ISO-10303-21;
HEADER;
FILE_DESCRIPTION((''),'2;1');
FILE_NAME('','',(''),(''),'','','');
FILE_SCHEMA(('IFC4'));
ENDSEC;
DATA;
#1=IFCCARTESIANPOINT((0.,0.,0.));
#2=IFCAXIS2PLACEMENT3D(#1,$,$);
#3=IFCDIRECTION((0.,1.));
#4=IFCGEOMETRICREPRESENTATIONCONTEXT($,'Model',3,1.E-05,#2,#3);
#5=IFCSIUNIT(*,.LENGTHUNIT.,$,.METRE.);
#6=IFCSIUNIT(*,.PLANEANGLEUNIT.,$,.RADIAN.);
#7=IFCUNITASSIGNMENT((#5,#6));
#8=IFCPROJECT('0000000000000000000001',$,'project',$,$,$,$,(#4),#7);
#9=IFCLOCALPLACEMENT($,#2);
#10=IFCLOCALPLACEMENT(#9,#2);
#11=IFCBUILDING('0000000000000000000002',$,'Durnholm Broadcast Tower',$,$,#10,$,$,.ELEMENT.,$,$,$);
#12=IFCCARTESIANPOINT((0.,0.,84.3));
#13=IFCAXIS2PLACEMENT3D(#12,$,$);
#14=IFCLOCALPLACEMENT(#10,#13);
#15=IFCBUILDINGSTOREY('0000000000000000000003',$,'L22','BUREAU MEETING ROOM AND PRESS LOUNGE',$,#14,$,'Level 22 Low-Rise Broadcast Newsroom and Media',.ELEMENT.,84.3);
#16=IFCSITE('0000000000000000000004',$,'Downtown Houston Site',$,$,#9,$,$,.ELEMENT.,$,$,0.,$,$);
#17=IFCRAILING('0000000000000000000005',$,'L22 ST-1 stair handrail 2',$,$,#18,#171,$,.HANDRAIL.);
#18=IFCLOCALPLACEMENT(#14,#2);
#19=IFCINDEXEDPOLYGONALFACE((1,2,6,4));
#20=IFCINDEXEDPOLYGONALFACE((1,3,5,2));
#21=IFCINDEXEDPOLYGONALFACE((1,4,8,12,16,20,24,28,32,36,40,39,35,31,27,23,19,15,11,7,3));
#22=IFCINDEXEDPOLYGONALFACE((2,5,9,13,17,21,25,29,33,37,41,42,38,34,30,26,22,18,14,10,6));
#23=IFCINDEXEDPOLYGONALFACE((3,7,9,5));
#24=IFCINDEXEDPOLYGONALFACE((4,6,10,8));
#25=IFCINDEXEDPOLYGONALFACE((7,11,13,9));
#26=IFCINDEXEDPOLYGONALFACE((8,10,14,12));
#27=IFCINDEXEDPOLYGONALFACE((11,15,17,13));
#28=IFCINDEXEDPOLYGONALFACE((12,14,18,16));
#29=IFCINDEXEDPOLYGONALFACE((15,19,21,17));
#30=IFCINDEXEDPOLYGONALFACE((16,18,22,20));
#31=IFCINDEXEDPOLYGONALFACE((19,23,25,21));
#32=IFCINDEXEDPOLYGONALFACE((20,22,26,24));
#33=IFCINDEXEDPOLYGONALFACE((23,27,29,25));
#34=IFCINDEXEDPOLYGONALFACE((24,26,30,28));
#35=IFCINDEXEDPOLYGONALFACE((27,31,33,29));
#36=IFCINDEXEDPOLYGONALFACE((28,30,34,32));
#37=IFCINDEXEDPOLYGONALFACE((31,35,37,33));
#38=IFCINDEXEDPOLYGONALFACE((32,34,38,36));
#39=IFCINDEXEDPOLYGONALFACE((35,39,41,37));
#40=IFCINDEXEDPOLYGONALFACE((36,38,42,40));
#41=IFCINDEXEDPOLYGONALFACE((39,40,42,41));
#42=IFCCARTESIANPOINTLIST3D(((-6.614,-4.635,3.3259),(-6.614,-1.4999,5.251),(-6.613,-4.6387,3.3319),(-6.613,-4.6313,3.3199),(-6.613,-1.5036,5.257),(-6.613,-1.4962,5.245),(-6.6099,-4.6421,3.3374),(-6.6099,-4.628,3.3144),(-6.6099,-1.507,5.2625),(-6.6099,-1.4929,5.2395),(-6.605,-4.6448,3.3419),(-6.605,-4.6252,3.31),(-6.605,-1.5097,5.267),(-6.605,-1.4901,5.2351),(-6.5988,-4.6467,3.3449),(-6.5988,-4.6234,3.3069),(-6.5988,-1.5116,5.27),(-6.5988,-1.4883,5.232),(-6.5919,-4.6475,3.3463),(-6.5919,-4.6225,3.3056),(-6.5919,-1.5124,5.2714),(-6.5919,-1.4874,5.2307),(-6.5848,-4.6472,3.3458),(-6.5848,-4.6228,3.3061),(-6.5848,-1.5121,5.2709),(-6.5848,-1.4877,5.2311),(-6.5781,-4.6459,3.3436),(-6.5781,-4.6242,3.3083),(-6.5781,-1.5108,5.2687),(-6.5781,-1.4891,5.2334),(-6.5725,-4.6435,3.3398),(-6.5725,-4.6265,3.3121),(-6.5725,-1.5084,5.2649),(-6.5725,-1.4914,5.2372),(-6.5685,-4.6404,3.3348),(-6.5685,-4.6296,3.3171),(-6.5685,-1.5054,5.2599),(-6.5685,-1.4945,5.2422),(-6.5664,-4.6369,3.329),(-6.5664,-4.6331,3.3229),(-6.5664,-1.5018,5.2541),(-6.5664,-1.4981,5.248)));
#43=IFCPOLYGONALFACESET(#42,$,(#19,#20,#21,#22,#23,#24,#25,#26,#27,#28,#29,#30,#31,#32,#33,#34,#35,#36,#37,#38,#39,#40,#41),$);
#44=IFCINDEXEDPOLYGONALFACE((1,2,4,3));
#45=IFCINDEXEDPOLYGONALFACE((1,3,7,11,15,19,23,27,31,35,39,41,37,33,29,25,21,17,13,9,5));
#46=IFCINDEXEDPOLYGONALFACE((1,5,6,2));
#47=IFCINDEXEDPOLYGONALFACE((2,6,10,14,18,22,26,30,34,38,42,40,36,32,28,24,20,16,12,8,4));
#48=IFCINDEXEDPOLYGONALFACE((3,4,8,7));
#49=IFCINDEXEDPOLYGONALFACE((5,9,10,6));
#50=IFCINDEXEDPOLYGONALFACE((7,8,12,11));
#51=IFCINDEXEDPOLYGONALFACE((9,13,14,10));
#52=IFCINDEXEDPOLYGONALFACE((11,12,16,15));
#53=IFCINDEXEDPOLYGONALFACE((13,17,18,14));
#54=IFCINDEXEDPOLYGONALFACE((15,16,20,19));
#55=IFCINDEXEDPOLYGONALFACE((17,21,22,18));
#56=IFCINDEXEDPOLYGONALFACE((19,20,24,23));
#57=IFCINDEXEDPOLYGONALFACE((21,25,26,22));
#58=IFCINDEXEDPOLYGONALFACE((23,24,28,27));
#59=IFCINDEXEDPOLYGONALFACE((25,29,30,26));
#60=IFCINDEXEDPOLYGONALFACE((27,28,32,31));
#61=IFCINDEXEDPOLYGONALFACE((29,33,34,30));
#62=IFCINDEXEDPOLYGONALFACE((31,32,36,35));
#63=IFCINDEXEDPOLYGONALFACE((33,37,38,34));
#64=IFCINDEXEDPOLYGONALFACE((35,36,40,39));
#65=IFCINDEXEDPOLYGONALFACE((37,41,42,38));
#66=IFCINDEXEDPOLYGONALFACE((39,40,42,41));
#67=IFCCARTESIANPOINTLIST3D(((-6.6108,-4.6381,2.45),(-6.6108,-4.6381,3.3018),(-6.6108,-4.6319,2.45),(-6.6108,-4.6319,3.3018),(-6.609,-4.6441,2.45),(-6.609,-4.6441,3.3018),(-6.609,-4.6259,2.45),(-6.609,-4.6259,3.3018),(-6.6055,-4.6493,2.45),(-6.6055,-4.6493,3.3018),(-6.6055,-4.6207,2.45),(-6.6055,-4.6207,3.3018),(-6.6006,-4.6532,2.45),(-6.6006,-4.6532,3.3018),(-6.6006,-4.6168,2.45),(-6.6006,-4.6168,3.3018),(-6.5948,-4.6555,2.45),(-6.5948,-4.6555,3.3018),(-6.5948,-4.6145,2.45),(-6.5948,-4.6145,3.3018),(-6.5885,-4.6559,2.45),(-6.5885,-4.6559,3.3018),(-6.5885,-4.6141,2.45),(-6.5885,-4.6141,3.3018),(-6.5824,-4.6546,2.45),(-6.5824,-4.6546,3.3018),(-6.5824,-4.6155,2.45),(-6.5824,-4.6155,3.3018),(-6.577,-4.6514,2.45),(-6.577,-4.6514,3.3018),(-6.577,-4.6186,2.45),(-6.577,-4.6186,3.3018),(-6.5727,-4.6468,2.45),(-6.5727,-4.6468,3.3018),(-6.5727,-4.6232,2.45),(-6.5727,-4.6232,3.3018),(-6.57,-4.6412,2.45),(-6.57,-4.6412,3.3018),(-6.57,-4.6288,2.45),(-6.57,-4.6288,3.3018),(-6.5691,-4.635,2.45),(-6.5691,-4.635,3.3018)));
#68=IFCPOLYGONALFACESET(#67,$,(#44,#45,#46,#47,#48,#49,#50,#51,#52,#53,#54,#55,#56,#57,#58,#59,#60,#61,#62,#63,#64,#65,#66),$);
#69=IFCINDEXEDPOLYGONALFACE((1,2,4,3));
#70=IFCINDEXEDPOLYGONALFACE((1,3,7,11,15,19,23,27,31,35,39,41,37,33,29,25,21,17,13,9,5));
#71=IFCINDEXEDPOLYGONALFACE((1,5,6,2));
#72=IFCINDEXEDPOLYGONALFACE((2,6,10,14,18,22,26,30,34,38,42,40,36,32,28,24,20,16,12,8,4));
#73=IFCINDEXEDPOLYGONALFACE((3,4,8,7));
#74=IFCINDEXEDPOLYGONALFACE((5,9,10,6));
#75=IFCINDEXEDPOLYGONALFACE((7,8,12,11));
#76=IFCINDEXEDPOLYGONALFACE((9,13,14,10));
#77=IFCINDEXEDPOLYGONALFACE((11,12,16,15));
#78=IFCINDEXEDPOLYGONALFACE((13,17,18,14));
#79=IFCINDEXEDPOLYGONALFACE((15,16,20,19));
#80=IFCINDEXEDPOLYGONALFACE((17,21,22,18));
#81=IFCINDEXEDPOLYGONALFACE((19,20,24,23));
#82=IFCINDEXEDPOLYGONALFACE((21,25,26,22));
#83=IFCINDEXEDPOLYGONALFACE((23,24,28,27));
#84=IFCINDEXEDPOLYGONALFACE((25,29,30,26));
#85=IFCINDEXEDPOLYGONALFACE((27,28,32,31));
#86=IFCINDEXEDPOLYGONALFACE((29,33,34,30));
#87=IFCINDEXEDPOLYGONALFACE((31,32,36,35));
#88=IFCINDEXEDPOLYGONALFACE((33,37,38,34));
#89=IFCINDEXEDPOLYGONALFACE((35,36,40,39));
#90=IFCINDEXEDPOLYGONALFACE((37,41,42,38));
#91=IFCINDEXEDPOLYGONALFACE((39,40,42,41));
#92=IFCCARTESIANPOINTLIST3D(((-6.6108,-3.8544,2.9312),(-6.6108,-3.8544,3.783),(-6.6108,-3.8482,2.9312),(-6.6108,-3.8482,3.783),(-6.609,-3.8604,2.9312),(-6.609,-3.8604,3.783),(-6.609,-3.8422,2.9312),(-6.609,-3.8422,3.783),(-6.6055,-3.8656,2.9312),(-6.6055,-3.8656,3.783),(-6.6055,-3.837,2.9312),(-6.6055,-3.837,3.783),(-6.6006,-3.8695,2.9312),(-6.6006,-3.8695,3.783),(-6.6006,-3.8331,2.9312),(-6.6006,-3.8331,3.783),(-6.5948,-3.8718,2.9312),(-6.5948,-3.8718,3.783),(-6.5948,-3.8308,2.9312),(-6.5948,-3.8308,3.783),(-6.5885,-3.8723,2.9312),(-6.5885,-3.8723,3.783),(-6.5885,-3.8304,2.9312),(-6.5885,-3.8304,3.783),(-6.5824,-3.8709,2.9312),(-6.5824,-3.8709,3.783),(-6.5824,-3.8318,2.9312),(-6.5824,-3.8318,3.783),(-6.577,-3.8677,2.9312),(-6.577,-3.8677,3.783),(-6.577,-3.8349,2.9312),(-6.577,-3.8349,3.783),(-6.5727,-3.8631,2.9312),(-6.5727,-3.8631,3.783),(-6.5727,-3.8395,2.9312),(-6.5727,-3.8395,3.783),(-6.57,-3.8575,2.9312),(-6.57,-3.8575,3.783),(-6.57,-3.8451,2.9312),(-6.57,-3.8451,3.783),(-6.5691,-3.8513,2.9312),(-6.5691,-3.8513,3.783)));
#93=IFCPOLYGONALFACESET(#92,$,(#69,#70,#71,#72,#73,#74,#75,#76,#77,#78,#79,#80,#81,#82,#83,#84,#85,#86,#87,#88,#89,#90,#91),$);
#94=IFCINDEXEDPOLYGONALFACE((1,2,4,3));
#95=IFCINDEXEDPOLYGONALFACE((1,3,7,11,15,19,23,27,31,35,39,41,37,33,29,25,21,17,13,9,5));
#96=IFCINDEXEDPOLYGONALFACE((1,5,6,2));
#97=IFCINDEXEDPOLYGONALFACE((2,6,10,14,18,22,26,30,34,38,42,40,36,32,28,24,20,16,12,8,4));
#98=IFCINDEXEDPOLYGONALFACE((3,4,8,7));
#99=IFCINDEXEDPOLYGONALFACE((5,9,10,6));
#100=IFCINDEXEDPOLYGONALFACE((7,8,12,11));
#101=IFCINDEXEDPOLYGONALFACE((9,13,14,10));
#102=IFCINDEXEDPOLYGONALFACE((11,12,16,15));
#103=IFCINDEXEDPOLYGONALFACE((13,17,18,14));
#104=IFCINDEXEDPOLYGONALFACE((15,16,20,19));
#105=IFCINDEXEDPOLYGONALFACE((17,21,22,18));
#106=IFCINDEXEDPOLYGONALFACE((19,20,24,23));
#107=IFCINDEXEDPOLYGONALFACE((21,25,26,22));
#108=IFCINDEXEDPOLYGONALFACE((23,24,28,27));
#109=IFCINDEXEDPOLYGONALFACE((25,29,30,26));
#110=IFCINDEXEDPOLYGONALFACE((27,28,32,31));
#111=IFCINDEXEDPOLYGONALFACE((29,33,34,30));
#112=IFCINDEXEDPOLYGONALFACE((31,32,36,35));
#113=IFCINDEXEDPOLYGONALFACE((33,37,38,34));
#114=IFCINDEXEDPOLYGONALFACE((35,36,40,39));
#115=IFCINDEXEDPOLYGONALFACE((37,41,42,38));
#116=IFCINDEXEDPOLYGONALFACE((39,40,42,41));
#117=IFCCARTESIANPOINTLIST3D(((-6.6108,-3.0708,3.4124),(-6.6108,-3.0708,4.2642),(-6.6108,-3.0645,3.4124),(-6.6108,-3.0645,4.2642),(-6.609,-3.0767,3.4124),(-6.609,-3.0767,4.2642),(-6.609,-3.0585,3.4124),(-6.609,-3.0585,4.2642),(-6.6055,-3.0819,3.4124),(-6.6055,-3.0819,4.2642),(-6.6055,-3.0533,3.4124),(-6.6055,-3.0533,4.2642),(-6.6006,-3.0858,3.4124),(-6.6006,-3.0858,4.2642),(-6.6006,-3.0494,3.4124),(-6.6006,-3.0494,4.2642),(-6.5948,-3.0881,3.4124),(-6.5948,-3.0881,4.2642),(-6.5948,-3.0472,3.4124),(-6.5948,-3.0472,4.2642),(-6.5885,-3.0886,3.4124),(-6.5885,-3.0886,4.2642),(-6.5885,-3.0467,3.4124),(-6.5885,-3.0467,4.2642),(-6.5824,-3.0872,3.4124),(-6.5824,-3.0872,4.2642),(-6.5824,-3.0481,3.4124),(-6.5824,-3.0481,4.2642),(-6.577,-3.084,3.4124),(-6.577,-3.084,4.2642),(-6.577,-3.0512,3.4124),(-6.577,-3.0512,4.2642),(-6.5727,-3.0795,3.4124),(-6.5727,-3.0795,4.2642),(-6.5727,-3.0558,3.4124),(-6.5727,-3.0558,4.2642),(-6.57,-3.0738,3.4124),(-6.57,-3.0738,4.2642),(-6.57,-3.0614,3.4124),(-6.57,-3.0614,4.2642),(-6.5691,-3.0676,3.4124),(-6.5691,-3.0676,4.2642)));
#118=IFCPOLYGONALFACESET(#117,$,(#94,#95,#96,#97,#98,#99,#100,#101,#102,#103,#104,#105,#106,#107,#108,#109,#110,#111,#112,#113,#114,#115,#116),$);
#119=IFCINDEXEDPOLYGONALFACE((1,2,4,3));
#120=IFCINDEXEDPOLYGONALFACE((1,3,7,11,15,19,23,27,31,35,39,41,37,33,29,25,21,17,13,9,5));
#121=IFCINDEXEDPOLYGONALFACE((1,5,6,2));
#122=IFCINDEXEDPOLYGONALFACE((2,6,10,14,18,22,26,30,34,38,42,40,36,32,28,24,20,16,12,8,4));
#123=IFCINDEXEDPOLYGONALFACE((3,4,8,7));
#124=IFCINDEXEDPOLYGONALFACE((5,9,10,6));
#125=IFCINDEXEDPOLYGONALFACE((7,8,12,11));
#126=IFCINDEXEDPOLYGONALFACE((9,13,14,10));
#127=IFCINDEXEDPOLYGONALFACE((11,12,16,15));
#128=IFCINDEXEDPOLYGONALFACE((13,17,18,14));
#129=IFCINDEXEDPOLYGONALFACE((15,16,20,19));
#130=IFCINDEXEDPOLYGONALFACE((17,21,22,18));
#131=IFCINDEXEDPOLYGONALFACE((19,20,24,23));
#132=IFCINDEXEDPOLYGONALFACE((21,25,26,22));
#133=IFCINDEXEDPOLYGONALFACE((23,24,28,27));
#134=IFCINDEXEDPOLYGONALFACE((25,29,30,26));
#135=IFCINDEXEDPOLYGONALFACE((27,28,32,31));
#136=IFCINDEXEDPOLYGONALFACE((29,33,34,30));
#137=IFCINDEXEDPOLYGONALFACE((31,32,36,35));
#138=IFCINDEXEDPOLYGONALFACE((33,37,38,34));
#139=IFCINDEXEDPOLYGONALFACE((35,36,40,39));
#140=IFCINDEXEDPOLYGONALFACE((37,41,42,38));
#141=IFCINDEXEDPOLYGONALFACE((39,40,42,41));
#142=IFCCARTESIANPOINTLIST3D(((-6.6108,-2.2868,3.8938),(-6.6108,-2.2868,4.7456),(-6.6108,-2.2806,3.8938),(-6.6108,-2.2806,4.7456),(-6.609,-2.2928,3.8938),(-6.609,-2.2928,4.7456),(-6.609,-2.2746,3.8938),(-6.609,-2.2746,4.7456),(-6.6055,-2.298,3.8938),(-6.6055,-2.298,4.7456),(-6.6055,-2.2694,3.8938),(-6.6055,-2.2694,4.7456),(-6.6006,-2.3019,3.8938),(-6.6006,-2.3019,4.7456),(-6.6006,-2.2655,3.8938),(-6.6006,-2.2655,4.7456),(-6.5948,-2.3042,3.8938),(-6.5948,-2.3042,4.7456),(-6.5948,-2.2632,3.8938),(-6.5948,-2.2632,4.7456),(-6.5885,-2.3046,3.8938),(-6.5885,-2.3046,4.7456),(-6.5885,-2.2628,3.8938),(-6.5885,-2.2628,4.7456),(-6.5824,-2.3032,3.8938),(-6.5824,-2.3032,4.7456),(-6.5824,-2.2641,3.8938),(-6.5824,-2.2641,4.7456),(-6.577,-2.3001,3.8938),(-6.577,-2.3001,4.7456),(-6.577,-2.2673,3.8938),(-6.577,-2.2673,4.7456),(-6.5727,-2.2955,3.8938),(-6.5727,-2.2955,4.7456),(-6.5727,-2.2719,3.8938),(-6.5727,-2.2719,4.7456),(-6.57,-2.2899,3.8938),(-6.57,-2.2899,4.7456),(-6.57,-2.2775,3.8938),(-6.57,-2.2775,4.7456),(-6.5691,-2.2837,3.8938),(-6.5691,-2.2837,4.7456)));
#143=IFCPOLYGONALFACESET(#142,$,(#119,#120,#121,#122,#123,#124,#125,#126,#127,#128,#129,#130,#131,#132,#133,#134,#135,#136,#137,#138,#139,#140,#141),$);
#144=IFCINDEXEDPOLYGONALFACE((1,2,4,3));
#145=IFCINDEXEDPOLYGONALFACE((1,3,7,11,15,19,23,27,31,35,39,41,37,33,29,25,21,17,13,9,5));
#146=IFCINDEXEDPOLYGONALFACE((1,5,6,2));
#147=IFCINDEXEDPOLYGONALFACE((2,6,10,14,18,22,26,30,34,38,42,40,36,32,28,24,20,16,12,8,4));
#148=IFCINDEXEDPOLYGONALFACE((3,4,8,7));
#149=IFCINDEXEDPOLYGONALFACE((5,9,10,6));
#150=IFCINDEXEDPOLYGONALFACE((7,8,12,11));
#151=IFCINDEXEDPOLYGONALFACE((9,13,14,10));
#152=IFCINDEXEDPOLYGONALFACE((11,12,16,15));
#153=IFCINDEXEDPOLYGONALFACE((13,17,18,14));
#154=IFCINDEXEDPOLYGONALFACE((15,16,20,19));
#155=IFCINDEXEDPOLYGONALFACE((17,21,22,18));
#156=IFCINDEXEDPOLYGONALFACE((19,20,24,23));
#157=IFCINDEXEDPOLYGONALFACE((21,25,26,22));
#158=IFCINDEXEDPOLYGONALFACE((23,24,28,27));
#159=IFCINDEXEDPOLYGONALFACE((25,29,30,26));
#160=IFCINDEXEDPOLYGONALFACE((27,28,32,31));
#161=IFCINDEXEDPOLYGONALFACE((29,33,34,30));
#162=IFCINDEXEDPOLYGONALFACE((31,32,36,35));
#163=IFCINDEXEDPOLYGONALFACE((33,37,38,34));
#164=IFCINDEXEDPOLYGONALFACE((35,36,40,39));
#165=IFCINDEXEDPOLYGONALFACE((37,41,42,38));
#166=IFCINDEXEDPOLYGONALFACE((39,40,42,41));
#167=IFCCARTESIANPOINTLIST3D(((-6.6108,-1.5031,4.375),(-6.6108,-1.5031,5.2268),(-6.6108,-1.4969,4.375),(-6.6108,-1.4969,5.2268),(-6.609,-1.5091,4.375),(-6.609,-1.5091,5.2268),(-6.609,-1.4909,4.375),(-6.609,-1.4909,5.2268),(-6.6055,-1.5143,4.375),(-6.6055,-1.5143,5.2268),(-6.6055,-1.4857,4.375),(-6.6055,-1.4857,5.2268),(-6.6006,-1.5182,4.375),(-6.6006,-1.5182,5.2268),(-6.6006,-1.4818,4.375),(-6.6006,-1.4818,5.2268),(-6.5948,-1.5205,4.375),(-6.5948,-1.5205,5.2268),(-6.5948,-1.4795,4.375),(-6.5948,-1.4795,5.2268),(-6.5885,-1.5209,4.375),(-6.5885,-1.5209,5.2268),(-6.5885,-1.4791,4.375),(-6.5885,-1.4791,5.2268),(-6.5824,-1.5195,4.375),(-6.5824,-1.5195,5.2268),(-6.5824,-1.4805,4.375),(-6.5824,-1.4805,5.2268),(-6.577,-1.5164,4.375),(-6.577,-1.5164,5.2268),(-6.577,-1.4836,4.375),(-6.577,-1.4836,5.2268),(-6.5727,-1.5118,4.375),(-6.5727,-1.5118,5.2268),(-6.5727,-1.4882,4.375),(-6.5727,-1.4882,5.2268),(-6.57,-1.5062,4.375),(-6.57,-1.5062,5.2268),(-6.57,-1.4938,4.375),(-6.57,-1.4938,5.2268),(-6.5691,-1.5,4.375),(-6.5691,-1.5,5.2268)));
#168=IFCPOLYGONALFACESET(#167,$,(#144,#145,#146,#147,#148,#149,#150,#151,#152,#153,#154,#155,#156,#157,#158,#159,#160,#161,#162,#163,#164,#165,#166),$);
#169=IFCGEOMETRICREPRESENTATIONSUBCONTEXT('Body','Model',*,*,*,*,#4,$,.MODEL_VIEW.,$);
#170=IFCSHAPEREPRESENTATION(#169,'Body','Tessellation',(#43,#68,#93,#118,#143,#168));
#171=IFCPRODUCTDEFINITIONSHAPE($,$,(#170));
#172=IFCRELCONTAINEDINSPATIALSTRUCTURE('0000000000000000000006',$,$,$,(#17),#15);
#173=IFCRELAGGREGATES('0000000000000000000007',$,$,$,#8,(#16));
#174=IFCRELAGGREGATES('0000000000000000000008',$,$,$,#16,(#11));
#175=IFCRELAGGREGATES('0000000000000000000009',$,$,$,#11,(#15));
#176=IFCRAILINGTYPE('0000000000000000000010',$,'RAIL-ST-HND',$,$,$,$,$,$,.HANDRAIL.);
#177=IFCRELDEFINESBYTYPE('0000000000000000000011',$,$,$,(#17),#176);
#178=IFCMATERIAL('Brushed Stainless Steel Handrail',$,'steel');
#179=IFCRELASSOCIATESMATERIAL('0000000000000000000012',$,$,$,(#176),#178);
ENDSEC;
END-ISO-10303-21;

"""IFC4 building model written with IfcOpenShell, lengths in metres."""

from ifc_helpers import new_model, si_unit, direction, frame, origin, origin_2d, place, context, subcontext, project, spatial, circle, extrude, material, type_object, element, save


model = new_model("IFC4")

# Units and contexts
model_context = context("Model", 3, precision=1e-05, world=origin(), true_north=direction((0.0, 1.0)))
body_context = subcontext(model_context, "Body", "Model", "MODEL_VIEW")
ifc_project = project(units=[si_unit("LENGTHUNIT", "METRE"), si_unit("PLANEANGLEUNIT", "RADIAN")], contexts=[model_context])

# Site, building, storey
site_placement = place(None, origin())
site = spatial("IfcSite", under=ifc_project, at=site_placement, Name="Downtown Houston Site", CompositionType="ELEMENT", RefElevation=0.0)
building_placement = place(site_placement, origin())
building = spatial("IfcBuilding", under=site, at=building_placement, Name="Durnholm Broadcast Tower", CompositionType="ELEMENT")
storey_placement = place(building_placement, frame((0.0, 0.0, 84.3)))
storey = spatial("IfcBuildingStorey", under=building, at=storey_placement, Name="L22", Description="BUREAU MEETING ROOM AND PRESS LOUNGE", LongName="Level 22 Low-Rise Broadcast Newsroom and Media", CompositionType="ELEMENT", Elevation=84.3)

# Railing
ifc_material_1 = material(Name="Brushed Stainless Steel Handrail", Category="steel")
railing_type_1 = type_object("IfcRailingType", Name="RAIL-ST-HND", PredefinedType="HANDRAIL", material=ifc_material_1)
railing_1_placement = place(storey_placement, frame((-6.5901, -4.635, 2.45)))
element("IfcRailing", 1, at=railing_1_placement, inside=storey, type_object=railing_type_1, Name="L22 ST-1 stair handrail 2", PredefinedType="HANDRAIL", context=body_context, shape_type="SweptSolid", body=[
    extrude(circle(Radius=0.0239, at=origin_2d()), frame((0.0, 0.0, 0.876), z_axis=(0.0, 0.852166, 0.523271), x_axis=(-1.0, 0.0, 0.0)), (0.0, 0.0, 1.0), 3.679),
    extrude(circle(Radius=0.021, at=origin_2d()), origin(), (0.0, 0.0, 1.0), 0.8518),
    extrude(circle(Radius=0.021, at=origin_2d()), frame((0.0, 0.7837, 0.4812)), (0.0, 0.0, 1.0), 0.8518),
    extrude(circle(Radius=0.021, at=origin_2d()), frame((0.0, 1.5674, 0.9624)), (0.0, 0.0, 1.0), 0.8518),
    extrude(circle(Radius=0.021, at=origin_2d()), frame((0.0, 2.3513, 1.4438)), (0.0, 0.0, 1.0), 0.8518),
    extrude(circle(Radius=0.021, at=origin_2d()), frame((0.0, 3.135, 1.925)), (0.0, 0.0, 1.0), 0.8518),
])

save(model, "model.ifc")
